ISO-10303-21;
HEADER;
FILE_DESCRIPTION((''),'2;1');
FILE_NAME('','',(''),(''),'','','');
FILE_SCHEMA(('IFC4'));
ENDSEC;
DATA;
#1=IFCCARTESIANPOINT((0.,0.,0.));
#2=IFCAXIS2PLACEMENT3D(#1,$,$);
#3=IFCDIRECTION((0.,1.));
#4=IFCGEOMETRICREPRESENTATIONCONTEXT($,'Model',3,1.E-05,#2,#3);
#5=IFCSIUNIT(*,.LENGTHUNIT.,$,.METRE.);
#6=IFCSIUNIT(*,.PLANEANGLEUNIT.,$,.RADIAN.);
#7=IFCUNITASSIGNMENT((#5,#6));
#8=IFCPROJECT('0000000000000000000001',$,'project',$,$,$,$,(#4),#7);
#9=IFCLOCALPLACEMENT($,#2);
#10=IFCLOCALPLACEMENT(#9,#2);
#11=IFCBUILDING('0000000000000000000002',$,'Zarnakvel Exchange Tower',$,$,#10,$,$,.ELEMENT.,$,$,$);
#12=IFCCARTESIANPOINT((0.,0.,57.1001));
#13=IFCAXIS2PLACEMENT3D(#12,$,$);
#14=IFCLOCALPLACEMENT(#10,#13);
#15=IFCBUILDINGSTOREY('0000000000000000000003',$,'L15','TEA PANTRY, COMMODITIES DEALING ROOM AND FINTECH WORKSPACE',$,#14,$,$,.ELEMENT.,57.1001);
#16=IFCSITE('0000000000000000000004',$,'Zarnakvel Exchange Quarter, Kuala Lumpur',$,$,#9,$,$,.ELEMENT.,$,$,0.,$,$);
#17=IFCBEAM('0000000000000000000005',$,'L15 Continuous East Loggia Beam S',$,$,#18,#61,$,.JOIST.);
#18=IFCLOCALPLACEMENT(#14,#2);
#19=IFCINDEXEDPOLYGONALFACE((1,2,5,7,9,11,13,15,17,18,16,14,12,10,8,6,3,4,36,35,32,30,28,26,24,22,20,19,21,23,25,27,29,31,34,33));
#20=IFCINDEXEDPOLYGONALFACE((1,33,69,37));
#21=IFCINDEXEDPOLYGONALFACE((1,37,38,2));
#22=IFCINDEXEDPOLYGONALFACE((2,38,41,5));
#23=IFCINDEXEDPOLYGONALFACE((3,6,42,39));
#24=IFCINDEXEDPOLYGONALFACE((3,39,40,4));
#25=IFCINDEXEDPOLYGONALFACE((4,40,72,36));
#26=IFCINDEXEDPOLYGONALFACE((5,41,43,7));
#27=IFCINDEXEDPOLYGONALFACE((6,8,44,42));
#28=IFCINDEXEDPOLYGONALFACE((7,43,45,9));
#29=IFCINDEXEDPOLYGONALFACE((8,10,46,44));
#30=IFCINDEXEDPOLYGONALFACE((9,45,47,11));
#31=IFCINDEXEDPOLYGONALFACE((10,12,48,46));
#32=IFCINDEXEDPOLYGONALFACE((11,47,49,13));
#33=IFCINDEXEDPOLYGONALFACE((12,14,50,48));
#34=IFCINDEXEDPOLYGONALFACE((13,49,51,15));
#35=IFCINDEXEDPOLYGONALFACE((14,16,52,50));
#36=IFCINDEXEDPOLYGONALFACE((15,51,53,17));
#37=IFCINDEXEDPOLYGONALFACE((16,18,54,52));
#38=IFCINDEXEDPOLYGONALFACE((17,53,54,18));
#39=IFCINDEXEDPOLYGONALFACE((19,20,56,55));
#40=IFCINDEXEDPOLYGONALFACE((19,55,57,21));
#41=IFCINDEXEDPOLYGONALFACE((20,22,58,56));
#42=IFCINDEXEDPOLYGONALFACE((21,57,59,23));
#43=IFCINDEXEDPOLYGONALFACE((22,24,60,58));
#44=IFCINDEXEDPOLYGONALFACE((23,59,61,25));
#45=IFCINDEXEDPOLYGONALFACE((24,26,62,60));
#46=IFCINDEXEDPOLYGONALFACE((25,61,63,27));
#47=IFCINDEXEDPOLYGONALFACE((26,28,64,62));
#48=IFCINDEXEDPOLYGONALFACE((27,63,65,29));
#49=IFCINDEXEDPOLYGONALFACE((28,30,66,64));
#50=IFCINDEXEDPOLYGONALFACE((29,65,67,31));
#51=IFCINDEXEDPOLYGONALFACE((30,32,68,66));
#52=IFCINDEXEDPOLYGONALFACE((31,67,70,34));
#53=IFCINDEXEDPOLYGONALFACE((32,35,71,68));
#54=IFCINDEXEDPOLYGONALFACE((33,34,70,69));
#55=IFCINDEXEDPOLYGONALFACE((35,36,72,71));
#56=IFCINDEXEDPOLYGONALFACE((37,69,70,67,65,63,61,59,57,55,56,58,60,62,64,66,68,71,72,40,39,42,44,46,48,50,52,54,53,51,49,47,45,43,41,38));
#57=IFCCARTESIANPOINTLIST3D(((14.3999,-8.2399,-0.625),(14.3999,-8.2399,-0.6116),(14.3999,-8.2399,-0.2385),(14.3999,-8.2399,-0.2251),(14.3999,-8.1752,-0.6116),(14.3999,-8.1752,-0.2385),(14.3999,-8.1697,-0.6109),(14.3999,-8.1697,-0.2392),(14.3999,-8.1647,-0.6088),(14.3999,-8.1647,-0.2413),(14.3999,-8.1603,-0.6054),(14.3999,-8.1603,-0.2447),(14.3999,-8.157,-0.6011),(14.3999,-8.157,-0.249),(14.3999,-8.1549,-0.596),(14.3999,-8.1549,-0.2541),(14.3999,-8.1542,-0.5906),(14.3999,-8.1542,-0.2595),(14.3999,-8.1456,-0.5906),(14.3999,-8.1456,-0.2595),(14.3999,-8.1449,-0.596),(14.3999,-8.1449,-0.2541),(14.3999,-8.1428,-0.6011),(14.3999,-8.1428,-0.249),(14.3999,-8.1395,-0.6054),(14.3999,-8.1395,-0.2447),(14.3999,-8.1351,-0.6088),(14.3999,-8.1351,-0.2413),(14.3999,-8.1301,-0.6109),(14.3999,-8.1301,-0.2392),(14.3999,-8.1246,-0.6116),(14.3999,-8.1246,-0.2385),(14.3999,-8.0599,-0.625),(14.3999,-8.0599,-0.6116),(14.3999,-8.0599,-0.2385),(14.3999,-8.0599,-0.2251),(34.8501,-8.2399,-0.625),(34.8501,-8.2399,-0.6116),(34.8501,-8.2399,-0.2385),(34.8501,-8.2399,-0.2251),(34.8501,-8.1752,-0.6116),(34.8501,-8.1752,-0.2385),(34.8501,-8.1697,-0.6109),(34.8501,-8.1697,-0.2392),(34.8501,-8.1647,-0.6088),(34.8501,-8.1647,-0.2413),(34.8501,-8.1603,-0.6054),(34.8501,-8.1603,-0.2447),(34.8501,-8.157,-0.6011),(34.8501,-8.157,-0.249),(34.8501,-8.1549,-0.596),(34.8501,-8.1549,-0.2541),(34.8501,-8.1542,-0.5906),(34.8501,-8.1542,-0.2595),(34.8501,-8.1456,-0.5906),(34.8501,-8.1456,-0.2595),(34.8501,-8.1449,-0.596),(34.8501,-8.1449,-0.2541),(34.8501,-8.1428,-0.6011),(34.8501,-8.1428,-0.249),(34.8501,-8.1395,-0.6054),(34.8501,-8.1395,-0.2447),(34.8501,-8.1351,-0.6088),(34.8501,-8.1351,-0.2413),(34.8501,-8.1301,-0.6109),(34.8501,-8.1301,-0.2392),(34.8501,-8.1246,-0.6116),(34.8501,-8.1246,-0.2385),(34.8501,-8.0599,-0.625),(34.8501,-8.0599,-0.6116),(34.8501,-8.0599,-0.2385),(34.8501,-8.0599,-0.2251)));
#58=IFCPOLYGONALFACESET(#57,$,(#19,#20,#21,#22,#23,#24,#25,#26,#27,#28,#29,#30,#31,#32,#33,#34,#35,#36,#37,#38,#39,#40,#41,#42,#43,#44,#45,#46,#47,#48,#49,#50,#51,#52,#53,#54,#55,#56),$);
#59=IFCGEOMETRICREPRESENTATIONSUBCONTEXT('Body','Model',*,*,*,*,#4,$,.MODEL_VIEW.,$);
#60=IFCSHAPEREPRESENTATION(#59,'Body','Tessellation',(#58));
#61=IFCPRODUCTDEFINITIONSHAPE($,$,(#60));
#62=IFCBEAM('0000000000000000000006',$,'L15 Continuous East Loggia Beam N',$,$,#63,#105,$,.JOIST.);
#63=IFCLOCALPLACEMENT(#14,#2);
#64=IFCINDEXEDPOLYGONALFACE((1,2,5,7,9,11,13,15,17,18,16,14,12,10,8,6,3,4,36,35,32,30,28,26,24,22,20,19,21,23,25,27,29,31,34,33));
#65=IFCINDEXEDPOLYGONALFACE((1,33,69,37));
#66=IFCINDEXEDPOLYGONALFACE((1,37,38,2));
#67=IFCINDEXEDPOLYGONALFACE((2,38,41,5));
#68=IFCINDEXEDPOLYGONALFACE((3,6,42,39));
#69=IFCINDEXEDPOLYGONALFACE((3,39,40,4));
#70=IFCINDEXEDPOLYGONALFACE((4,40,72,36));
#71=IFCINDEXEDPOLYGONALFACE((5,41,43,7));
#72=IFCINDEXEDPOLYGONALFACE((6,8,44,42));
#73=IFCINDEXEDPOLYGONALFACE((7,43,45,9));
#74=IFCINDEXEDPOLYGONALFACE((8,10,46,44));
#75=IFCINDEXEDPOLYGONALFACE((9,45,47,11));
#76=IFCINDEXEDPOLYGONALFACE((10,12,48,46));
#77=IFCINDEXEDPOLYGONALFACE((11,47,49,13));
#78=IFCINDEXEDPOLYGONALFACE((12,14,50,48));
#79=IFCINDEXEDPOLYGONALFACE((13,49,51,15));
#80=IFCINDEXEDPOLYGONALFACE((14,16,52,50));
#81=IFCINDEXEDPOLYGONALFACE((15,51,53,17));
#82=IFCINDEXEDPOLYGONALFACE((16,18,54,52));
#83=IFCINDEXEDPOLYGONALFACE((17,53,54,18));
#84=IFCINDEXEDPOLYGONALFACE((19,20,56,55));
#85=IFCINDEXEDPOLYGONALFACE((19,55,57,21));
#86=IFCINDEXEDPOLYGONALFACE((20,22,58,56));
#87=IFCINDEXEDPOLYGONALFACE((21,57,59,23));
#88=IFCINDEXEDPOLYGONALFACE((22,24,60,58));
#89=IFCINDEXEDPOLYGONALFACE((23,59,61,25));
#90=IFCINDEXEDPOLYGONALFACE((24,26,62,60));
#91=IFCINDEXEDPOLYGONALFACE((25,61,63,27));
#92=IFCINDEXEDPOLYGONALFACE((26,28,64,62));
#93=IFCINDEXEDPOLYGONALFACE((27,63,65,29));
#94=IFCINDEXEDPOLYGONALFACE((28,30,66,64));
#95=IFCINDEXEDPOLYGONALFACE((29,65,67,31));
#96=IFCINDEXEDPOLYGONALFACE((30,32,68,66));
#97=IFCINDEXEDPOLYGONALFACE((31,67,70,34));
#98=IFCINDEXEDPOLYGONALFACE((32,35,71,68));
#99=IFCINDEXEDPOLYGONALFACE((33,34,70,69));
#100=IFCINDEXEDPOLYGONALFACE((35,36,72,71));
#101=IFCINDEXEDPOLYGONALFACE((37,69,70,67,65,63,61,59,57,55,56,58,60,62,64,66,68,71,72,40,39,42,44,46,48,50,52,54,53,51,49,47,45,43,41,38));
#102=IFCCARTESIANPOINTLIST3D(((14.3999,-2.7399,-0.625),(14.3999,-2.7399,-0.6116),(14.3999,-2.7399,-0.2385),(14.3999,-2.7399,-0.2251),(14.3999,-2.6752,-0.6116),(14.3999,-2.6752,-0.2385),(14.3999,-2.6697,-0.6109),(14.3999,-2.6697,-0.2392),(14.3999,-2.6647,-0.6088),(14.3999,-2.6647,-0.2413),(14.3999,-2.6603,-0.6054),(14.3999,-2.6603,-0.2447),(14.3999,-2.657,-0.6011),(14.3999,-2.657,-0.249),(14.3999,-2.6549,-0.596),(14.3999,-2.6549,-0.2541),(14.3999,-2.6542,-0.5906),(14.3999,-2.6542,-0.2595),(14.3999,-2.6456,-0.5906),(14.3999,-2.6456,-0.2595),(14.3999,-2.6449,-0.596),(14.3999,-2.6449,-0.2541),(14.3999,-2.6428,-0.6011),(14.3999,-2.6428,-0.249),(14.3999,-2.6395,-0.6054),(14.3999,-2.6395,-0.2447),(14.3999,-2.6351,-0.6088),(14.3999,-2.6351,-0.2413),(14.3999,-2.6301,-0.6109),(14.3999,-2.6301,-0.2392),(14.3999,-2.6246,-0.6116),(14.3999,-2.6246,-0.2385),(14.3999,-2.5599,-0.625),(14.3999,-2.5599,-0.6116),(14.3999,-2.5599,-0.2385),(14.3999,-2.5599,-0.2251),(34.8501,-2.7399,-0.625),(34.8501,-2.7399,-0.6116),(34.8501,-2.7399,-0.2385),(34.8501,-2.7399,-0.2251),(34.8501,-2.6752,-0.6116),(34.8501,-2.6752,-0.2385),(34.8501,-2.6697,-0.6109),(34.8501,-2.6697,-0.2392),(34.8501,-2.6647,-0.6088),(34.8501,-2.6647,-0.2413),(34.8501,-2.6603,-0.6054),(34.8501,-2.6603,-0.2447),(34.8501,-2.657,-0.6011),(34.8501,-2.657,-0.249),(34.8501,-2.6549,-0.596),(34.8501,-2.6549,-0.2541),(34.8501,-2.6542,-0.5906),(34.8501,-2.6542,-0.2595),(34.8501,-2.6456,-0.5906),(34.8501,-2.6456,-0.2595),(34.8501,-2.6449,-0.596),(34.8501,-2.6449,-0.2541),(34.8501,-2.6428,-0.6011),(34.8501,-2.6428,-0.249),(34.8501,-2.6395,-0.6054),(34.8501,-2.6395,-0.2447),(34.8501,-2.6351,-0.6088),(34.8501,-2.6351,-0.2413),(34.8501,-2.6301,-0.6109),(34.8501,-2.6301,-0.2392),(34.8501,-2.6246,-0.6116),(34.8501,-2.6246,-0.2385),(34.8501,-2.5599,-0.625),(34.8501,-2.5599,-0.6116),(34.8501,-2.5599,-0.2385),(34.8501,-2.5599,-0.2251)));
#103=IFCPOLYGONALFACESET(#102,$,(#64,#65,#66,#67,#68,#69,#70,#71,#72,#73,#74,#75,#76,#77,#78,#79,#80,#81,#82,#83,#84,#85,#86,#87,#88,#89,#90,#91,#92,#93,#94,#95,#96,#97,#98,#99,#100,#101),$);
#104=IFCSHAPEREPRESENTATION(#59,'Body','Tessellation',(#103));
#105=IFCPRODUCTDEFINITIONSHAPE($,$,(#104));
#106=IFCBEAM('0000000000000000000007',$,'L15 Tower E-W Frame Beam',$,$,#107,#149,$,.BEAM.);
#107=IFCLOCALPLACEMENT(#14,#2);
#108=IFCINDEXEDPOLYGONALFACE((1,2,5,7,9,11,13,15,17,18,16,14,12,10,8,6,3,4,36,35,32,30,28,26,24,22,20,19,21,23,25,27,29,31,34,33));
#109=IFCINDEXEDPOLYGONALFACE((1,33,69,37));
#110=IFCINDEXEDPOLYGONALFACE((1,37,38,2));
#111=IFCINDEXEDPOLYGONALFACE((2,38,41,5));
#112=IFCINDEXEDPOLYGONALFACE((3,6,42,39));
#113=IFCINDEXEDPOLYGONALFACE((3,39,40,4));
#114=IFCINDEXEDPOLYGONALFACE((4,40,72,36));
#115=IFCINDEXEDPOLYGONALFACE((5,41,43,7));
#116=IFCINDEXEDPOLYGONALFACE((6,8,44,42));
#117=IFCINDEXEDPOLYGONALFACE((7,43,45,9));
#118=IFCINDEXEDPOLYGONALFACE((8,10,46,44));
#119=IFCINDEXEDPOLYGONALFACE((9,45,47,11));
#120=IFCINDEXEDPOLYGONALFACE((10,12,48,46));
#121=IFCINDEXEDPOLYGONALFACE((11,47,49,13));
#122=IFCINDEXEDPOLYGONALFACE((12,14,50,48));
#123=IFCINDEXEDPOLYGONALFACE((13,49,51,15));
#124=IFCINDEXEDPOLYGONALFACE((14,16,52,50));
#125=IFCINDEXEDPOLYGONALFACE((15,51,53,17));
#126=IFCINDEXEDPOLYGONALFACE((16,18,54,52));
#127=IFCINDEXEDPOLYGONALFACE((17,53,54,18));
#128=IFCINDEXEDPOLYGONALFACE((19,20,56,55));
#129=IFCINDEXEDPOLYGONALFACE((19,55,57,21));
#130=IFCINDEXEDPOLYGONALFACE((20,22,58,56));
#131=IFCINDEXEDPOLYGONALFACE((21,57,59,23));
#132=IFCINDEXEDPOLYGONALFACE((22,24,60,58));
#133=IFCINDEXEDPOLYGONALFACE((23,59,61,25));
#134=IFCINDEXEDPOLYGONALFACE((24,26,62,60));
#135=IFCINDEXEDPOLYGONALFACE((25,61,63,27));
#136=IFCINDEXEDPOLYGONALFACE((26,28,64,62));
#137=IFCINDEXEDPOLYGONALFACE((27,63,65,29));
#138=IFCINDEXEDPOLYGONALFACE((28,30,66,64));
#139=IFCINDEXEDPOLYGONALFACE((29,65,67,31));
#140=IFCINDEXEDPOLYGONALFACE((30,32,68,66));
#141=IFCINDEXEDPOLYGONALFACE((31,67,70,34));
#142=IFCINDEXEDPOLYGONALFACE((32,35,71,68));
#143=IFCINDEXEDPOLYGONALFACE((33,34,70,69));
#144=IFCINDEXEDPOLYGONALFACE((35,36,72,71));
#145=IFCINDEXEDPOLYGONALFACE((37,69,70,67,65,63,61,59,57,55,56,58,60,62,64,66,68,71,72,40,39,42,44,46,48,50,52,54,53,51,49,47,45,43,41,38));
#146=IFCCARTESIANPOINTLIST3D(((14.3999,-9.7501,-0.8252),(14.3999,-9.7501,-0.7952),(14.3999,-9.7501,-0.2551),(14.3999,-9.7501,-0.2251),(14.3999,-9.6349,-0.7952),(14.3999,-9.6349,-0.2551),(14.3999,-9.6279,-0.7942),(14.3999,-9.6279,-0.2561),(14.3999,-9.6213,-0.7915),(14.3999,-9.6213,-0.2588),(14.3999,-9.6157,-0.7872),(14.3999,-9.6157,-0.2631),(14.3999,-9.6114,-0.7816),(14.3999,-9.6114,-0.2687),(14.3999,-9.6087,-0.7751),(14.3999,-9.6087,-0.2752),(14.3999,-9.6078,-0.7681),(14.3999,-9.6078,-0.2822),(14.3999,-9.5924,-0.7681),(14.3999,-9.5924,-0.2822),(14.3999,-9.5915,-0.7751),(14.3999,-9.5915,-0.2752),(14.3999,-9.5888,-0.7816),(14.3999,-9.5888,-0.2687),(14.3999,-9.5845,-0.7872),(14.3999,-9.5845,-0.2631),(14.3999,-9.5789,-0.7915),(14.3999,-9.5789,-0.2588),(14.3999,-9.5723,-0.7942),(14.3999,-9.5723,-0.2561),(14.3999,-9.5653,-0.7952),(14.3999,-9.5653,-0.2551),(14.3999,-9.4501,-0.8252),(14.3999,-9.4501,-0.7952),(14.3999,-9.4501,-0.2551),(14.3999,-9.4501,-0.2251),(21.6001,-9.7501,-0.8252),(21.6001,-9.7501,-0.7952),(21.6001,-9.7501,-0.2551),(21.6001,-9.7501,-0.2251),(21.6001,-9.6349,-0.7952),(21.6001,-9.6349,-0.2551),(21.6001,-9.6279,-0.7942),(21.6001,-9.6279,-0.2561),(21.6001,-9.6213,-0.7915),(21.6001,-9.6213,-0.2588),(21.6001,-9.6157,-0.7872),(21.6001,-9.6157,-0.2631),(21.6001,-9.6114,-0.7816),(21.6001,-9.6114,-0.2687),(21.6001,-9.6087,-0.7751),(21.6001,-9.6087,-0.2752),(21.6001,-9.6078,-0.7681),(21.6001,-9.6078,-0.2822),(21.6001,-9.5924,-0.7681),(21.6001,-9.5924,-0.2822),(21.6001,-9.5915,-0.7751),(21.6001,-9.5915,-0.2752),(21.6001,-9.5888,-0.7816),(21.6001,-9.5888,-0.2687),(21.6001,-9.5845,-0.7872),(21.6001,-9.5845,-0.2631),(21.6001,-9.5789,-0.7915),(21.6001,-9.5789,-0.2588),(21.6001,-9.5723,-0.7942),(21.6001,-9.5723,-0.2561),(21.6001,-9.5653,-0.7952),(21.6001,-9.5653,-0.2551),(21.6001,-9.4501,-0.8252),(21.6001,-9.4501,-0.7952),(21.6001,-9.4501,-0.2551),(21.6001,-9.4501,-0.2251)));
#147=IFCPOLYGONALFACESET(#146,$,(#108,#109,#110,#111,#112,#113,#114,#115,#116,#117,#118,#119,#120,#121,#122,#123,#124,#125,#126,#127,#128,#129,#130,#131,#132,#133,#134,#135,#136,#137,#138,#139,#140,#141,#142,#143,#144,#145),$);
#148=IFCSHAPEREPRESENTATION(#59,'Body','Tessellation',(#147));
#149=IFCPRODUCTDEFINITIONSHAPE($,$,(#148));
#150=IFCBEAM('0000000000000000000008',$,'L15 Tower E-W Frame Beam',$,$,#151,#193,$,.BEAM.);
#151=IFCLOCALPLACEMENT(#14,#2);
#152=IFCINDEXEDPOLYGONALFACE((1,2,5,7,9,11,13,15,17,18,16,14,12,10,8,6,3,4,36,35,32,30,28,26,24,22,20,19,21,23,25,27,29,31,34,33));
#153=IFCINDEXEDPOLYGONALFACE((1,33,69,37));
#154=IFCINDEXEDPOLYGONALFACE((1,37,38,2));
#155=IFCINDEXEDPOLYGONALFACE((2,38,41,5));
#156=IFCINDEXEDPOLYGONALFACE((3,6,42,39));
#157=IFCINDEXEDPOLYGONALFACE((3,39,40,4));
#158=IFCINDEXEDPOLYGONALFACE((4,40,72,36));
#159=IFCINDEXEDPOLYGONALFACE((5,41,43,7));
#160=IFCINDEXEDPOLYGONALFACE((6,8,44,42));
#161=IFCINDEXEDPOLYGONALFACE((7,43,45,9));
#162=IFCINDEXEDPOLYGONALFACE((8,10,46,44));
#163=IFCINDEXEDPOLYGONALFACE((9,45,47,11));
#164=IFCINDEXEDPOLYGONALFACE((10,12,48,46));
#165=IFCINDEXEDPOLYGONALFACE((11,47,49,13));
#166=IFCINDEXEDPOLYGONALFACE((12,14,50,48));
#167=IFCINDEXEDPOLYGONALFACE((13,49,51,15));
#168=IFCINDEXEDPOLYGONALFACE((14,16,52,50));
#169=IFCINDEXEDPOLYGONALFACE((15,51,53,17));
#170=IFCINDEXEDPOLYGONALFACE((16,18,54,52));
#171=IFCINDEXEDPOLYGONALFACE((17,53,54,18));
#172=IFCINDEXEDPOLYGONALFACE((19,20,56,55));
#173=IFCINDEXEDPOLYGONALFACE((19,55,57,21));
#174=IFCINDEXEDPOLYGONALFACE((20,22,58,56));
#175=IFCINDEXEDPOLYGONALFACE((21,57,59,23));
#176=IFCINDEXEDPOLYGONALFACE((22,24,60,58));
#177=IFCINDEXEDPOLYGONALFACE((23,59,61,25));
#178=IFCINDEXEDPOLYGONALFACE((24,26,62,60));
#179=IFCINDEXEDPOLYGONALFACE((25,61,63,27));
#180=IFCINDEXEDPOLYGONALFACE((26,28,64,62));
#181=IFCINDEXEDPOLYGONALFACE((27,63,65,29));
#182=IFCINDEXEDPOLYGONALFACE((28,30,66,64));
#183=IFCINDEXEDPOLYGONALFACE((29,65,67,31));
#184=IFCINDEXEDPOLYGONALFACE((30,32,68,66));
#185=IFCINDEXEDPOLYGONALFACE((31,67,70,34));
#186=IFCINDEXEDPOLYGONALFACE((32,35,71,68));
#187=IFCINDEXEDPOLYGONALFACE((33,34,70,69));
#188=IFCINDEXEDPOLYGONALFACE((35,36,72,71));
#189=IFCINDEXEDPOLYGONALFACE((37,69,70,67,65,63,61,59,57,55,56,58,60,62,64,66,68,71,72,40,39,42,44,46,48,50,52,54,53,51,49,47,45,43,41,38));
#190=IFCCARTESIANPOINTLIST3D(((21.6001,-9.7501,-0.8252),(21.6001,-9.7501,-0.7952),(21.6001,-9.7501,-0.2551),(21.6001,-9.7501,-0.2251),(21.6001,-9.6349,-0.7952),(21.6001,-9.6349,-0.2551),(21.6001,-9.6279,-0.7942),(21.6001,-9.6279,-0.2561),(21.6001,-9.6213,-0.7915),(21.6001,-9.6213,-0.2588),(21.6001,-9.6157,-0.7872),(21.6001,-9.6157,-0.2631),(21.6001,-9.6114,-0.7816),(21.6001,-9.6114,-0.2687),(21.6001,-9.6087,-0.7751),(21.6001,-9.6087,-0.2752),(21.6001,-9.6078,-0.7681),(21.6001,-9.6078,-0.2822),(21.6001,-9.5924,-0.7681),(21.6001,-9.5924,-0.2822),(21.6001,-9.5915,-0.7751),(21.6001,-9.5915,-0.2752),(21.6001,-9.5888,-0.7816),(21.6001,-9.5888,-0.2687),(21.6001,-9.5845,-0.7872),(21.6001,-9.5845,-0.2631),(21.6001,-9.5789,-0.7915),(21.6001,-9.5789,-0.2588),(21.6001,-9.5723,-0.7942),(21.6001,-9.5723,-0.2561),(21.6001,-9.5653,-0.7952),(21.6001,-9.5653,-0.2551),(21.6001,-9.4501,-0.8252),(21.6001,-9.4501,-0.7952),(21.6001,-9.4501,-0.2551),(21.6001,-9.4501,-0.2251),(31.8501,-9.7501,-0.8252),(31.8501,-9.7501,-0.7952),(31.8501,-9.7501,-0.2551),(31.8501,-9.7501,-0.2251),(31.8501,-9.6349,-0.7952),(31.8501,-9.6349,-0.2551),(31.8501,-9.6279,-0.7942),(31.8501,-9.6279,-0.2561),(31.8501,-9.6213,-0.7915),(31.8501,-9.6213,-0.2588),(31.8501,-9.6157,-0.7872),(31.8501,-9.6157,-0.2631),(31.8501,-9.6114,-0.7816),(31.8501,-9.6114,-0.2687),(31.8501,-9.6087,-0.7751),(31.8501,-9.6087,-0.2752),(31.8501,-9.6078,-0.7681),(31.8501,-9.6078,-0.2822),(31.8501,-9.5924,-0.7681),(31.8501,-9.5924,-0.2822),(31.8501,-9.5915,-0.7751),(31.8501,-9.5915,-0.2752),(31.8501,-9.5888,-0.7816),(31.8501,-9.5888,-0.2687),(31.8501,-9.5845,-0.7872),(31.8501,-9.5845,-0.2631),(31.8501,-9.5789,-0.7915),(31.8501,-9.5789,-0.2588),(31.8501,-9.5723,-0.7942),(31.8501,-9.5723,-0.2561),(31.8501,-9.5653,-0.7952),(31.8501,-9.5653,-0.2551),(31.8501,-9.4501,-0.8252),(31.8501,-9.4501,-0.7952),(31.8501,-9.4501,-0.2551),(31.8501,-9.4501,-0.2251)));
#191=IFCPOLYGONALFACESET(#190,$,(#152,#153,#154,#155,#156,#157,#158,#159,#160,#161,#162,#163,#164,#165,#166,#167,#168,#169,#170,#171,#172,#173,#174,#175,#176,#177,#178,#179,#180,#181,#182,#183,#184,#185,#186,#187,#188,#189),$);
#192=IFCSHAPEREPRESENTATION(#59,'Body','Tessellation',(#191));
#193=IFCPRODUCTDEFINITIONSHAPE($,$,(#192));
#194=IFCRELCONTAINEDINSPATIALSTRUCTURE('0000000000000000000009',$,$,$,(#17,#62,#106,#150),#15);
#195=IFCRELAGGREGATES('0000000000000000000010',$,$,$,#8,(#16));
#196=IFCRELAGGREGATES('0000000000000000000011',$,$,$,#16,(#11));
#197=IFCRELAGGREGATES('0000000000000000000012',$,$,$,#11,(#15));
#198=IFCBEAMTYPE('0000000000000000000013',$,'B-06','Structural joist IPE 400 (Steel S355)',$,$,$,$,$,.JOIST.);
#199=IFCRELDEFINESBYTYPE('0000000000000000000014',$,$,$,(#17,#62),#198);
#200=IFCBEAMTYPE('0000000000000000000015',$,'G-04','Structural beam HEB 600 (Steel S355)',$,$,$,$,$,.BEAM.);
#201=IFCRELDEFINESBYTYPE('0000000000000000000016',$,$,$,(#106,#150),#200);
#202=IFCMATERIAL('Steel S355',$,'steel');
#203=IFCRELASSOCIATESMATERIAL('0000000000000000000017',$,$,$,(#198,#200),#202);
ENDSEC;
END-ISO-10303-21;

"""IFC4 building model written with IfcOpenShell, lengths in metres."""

from ifc_helpers import new_model, si_unit, direction, frame, origin, origin_2d, place, context, subcontext, project, spatial, i_section, extrude, material, material_profile, profile_set, type_object, element, save


model = new_model("IFC4")

# Units and contexts
model_context = context("Model", 3, precision=1e-05, world=origin(), true_north=direction((0.0, 1.0)))
body_context = subcontext(model_context, "Body", "Model", "MODEL_VIEW")
ifc_project = project(units=[si_unit("LENGTHUNIT", "METRE"), si_unit("PLANEANGLEUNIT", "RADIAN")], contexts=[model_context])

# Site, building, storey
site_placement = place(None, origin())
site = spatial("IfcSite", under=ifc_project, at=site_placement, Name="Zarnakvel Exchange Quarter, Kuala Lumpur", CompositionType="ELEMENT", RefElevation=0.0)
building_placement = place(site_placement, origin())
building = spatial("IfcBuilding", under=site, at=building_placement, Name="Zarnakvel Exchange Tower", CompositionType="ELEMENT")
storey_placement = place(building_placement, frame((0.0, 0.0, 57.1001)))
storey = spatial("IfcBuildingStorey", under=building, at=storey_placement, Name="L15", Description="TEA PANTRY, COMMODITIES DEALING ROOM AND FINTECH WORKSPACE", CompositionType="ELEMENT", Elevation=57.1001)

# Beams
ifc_material_1 = material(Name="Steel S355", Category="steel")
ifc_material_profile_1 = material_profile(ifc_material_1, i_section(OverallWidth=0.1799, OverallDepth=0.3999, WebThickness=0.0085, FlangeThickness=0.0134, FilletRadius=0.021, at=origin_2d()))
ifc_profile_set_1 = profile_set([ifc_material_profile_1], Name="Steel S355")
beam_type_1 = type_object("IfcBeamType", Name="B-06", Description="Structural joist IPE 400 (Steel S355)", PredefinedType="JOIST", material=ifc_profile_set_1)
for number, where, z_axis, x_axis, name in (
    (1, (14.3999, -8.1499, -0.425), (1.0, 0.0, 0.0), (0.0, 1.0, 0.0), "L15 Continuous East Loggia Beam S"),
    (2, (14.3999, -2.6499, -0.425), (1.0, 0.0, 0.0), (0.0, 1.0, 0.0), "L15 Continuous East Loggia Beam N"),
):
    element("IfcBeam", number, at=place(storey_placement, frame(where, z_axis=z_axis, x_axis=x_axis)), inside=storey, type_object=beam_type_1, Name=name, PredefinedType="JOIST", context=body_context, shape_type="SweptSolid", body=[
        extrude(i_section(OverallWidth=0.1799, OverallDepth=0.3999, WebThickness=0.0085, FlangeThickness=0.0134, FilletRadius=0.021, at=origin_2d()), origin(), (0.0, 0.0, 1.0), 20.4502),
    ])
ifc_material_profile_2 = material_profile(ifc_material_1, i_section(OverallWidth=0.3, OverallDepth=0.6001, WebThickness=0.0154, FlangeThickness=0.03, FilletRadius=0.0271, at=origin_2d()))
ifc_profile_set_2 = profile_set([ifc_material_profile_2], Name="Steel S355")
beam_type_2 = type_object("IfcBeamType", Name="G-04", Description="Structural beam HEB 600 (Steel S355)", PredefinedType="BEAM", material=ifc_profile_set_2)
beam_1_placement = place(storey_placement, frame((14.3999, -9.6001, -0.5251), z_axis=(1.0, 0.0, 0.0), x_axis=(0.0, 1.0, 0.0)))
element("IfcBeam", 3, at=beam_1_placement, inside=storey, type_object=beam_type_2, Name="L15 Tower E-W Frame Beam", PredefinedType="BEAM", context=body_context, shape_type="SweptSolid", body=[
    extrude(i_section(OverallWidth=0.3, OverallDepth=0.6001, WebThickness=0.0154, FlangeThickness=0.03, FilletRadius=0.0271, at=origin_2d()), origin(), (0.0, 0.0, 1.0), 7.2002),
])
beam_2_placement = place(storey_placement, frame((21.6001, -9.6001, -0.5251), z_axis=(1.0, 0.0, 0.0), x_axis=(0.0, 1.0, 0.0)))
element("IfcBeam", 4, at=beam_2_placement, inside=storey, type_object=beam_type_2, Name="L15 Tower E-W Frame Beam", PredefinedType="BEAM", context=body_context, shape_type="SweptSolid", body=[
    extrude(i_section(OverallWidth=0.3, OverallDepth=0.6001, WebThickness=0.0154, FlangeThickness=0.03, FilletRadius=0.0271, at=origin_2d()), origin(), (0.0, 0.0, 1.0), 10.25),
])

save(model, "model.ifc")
